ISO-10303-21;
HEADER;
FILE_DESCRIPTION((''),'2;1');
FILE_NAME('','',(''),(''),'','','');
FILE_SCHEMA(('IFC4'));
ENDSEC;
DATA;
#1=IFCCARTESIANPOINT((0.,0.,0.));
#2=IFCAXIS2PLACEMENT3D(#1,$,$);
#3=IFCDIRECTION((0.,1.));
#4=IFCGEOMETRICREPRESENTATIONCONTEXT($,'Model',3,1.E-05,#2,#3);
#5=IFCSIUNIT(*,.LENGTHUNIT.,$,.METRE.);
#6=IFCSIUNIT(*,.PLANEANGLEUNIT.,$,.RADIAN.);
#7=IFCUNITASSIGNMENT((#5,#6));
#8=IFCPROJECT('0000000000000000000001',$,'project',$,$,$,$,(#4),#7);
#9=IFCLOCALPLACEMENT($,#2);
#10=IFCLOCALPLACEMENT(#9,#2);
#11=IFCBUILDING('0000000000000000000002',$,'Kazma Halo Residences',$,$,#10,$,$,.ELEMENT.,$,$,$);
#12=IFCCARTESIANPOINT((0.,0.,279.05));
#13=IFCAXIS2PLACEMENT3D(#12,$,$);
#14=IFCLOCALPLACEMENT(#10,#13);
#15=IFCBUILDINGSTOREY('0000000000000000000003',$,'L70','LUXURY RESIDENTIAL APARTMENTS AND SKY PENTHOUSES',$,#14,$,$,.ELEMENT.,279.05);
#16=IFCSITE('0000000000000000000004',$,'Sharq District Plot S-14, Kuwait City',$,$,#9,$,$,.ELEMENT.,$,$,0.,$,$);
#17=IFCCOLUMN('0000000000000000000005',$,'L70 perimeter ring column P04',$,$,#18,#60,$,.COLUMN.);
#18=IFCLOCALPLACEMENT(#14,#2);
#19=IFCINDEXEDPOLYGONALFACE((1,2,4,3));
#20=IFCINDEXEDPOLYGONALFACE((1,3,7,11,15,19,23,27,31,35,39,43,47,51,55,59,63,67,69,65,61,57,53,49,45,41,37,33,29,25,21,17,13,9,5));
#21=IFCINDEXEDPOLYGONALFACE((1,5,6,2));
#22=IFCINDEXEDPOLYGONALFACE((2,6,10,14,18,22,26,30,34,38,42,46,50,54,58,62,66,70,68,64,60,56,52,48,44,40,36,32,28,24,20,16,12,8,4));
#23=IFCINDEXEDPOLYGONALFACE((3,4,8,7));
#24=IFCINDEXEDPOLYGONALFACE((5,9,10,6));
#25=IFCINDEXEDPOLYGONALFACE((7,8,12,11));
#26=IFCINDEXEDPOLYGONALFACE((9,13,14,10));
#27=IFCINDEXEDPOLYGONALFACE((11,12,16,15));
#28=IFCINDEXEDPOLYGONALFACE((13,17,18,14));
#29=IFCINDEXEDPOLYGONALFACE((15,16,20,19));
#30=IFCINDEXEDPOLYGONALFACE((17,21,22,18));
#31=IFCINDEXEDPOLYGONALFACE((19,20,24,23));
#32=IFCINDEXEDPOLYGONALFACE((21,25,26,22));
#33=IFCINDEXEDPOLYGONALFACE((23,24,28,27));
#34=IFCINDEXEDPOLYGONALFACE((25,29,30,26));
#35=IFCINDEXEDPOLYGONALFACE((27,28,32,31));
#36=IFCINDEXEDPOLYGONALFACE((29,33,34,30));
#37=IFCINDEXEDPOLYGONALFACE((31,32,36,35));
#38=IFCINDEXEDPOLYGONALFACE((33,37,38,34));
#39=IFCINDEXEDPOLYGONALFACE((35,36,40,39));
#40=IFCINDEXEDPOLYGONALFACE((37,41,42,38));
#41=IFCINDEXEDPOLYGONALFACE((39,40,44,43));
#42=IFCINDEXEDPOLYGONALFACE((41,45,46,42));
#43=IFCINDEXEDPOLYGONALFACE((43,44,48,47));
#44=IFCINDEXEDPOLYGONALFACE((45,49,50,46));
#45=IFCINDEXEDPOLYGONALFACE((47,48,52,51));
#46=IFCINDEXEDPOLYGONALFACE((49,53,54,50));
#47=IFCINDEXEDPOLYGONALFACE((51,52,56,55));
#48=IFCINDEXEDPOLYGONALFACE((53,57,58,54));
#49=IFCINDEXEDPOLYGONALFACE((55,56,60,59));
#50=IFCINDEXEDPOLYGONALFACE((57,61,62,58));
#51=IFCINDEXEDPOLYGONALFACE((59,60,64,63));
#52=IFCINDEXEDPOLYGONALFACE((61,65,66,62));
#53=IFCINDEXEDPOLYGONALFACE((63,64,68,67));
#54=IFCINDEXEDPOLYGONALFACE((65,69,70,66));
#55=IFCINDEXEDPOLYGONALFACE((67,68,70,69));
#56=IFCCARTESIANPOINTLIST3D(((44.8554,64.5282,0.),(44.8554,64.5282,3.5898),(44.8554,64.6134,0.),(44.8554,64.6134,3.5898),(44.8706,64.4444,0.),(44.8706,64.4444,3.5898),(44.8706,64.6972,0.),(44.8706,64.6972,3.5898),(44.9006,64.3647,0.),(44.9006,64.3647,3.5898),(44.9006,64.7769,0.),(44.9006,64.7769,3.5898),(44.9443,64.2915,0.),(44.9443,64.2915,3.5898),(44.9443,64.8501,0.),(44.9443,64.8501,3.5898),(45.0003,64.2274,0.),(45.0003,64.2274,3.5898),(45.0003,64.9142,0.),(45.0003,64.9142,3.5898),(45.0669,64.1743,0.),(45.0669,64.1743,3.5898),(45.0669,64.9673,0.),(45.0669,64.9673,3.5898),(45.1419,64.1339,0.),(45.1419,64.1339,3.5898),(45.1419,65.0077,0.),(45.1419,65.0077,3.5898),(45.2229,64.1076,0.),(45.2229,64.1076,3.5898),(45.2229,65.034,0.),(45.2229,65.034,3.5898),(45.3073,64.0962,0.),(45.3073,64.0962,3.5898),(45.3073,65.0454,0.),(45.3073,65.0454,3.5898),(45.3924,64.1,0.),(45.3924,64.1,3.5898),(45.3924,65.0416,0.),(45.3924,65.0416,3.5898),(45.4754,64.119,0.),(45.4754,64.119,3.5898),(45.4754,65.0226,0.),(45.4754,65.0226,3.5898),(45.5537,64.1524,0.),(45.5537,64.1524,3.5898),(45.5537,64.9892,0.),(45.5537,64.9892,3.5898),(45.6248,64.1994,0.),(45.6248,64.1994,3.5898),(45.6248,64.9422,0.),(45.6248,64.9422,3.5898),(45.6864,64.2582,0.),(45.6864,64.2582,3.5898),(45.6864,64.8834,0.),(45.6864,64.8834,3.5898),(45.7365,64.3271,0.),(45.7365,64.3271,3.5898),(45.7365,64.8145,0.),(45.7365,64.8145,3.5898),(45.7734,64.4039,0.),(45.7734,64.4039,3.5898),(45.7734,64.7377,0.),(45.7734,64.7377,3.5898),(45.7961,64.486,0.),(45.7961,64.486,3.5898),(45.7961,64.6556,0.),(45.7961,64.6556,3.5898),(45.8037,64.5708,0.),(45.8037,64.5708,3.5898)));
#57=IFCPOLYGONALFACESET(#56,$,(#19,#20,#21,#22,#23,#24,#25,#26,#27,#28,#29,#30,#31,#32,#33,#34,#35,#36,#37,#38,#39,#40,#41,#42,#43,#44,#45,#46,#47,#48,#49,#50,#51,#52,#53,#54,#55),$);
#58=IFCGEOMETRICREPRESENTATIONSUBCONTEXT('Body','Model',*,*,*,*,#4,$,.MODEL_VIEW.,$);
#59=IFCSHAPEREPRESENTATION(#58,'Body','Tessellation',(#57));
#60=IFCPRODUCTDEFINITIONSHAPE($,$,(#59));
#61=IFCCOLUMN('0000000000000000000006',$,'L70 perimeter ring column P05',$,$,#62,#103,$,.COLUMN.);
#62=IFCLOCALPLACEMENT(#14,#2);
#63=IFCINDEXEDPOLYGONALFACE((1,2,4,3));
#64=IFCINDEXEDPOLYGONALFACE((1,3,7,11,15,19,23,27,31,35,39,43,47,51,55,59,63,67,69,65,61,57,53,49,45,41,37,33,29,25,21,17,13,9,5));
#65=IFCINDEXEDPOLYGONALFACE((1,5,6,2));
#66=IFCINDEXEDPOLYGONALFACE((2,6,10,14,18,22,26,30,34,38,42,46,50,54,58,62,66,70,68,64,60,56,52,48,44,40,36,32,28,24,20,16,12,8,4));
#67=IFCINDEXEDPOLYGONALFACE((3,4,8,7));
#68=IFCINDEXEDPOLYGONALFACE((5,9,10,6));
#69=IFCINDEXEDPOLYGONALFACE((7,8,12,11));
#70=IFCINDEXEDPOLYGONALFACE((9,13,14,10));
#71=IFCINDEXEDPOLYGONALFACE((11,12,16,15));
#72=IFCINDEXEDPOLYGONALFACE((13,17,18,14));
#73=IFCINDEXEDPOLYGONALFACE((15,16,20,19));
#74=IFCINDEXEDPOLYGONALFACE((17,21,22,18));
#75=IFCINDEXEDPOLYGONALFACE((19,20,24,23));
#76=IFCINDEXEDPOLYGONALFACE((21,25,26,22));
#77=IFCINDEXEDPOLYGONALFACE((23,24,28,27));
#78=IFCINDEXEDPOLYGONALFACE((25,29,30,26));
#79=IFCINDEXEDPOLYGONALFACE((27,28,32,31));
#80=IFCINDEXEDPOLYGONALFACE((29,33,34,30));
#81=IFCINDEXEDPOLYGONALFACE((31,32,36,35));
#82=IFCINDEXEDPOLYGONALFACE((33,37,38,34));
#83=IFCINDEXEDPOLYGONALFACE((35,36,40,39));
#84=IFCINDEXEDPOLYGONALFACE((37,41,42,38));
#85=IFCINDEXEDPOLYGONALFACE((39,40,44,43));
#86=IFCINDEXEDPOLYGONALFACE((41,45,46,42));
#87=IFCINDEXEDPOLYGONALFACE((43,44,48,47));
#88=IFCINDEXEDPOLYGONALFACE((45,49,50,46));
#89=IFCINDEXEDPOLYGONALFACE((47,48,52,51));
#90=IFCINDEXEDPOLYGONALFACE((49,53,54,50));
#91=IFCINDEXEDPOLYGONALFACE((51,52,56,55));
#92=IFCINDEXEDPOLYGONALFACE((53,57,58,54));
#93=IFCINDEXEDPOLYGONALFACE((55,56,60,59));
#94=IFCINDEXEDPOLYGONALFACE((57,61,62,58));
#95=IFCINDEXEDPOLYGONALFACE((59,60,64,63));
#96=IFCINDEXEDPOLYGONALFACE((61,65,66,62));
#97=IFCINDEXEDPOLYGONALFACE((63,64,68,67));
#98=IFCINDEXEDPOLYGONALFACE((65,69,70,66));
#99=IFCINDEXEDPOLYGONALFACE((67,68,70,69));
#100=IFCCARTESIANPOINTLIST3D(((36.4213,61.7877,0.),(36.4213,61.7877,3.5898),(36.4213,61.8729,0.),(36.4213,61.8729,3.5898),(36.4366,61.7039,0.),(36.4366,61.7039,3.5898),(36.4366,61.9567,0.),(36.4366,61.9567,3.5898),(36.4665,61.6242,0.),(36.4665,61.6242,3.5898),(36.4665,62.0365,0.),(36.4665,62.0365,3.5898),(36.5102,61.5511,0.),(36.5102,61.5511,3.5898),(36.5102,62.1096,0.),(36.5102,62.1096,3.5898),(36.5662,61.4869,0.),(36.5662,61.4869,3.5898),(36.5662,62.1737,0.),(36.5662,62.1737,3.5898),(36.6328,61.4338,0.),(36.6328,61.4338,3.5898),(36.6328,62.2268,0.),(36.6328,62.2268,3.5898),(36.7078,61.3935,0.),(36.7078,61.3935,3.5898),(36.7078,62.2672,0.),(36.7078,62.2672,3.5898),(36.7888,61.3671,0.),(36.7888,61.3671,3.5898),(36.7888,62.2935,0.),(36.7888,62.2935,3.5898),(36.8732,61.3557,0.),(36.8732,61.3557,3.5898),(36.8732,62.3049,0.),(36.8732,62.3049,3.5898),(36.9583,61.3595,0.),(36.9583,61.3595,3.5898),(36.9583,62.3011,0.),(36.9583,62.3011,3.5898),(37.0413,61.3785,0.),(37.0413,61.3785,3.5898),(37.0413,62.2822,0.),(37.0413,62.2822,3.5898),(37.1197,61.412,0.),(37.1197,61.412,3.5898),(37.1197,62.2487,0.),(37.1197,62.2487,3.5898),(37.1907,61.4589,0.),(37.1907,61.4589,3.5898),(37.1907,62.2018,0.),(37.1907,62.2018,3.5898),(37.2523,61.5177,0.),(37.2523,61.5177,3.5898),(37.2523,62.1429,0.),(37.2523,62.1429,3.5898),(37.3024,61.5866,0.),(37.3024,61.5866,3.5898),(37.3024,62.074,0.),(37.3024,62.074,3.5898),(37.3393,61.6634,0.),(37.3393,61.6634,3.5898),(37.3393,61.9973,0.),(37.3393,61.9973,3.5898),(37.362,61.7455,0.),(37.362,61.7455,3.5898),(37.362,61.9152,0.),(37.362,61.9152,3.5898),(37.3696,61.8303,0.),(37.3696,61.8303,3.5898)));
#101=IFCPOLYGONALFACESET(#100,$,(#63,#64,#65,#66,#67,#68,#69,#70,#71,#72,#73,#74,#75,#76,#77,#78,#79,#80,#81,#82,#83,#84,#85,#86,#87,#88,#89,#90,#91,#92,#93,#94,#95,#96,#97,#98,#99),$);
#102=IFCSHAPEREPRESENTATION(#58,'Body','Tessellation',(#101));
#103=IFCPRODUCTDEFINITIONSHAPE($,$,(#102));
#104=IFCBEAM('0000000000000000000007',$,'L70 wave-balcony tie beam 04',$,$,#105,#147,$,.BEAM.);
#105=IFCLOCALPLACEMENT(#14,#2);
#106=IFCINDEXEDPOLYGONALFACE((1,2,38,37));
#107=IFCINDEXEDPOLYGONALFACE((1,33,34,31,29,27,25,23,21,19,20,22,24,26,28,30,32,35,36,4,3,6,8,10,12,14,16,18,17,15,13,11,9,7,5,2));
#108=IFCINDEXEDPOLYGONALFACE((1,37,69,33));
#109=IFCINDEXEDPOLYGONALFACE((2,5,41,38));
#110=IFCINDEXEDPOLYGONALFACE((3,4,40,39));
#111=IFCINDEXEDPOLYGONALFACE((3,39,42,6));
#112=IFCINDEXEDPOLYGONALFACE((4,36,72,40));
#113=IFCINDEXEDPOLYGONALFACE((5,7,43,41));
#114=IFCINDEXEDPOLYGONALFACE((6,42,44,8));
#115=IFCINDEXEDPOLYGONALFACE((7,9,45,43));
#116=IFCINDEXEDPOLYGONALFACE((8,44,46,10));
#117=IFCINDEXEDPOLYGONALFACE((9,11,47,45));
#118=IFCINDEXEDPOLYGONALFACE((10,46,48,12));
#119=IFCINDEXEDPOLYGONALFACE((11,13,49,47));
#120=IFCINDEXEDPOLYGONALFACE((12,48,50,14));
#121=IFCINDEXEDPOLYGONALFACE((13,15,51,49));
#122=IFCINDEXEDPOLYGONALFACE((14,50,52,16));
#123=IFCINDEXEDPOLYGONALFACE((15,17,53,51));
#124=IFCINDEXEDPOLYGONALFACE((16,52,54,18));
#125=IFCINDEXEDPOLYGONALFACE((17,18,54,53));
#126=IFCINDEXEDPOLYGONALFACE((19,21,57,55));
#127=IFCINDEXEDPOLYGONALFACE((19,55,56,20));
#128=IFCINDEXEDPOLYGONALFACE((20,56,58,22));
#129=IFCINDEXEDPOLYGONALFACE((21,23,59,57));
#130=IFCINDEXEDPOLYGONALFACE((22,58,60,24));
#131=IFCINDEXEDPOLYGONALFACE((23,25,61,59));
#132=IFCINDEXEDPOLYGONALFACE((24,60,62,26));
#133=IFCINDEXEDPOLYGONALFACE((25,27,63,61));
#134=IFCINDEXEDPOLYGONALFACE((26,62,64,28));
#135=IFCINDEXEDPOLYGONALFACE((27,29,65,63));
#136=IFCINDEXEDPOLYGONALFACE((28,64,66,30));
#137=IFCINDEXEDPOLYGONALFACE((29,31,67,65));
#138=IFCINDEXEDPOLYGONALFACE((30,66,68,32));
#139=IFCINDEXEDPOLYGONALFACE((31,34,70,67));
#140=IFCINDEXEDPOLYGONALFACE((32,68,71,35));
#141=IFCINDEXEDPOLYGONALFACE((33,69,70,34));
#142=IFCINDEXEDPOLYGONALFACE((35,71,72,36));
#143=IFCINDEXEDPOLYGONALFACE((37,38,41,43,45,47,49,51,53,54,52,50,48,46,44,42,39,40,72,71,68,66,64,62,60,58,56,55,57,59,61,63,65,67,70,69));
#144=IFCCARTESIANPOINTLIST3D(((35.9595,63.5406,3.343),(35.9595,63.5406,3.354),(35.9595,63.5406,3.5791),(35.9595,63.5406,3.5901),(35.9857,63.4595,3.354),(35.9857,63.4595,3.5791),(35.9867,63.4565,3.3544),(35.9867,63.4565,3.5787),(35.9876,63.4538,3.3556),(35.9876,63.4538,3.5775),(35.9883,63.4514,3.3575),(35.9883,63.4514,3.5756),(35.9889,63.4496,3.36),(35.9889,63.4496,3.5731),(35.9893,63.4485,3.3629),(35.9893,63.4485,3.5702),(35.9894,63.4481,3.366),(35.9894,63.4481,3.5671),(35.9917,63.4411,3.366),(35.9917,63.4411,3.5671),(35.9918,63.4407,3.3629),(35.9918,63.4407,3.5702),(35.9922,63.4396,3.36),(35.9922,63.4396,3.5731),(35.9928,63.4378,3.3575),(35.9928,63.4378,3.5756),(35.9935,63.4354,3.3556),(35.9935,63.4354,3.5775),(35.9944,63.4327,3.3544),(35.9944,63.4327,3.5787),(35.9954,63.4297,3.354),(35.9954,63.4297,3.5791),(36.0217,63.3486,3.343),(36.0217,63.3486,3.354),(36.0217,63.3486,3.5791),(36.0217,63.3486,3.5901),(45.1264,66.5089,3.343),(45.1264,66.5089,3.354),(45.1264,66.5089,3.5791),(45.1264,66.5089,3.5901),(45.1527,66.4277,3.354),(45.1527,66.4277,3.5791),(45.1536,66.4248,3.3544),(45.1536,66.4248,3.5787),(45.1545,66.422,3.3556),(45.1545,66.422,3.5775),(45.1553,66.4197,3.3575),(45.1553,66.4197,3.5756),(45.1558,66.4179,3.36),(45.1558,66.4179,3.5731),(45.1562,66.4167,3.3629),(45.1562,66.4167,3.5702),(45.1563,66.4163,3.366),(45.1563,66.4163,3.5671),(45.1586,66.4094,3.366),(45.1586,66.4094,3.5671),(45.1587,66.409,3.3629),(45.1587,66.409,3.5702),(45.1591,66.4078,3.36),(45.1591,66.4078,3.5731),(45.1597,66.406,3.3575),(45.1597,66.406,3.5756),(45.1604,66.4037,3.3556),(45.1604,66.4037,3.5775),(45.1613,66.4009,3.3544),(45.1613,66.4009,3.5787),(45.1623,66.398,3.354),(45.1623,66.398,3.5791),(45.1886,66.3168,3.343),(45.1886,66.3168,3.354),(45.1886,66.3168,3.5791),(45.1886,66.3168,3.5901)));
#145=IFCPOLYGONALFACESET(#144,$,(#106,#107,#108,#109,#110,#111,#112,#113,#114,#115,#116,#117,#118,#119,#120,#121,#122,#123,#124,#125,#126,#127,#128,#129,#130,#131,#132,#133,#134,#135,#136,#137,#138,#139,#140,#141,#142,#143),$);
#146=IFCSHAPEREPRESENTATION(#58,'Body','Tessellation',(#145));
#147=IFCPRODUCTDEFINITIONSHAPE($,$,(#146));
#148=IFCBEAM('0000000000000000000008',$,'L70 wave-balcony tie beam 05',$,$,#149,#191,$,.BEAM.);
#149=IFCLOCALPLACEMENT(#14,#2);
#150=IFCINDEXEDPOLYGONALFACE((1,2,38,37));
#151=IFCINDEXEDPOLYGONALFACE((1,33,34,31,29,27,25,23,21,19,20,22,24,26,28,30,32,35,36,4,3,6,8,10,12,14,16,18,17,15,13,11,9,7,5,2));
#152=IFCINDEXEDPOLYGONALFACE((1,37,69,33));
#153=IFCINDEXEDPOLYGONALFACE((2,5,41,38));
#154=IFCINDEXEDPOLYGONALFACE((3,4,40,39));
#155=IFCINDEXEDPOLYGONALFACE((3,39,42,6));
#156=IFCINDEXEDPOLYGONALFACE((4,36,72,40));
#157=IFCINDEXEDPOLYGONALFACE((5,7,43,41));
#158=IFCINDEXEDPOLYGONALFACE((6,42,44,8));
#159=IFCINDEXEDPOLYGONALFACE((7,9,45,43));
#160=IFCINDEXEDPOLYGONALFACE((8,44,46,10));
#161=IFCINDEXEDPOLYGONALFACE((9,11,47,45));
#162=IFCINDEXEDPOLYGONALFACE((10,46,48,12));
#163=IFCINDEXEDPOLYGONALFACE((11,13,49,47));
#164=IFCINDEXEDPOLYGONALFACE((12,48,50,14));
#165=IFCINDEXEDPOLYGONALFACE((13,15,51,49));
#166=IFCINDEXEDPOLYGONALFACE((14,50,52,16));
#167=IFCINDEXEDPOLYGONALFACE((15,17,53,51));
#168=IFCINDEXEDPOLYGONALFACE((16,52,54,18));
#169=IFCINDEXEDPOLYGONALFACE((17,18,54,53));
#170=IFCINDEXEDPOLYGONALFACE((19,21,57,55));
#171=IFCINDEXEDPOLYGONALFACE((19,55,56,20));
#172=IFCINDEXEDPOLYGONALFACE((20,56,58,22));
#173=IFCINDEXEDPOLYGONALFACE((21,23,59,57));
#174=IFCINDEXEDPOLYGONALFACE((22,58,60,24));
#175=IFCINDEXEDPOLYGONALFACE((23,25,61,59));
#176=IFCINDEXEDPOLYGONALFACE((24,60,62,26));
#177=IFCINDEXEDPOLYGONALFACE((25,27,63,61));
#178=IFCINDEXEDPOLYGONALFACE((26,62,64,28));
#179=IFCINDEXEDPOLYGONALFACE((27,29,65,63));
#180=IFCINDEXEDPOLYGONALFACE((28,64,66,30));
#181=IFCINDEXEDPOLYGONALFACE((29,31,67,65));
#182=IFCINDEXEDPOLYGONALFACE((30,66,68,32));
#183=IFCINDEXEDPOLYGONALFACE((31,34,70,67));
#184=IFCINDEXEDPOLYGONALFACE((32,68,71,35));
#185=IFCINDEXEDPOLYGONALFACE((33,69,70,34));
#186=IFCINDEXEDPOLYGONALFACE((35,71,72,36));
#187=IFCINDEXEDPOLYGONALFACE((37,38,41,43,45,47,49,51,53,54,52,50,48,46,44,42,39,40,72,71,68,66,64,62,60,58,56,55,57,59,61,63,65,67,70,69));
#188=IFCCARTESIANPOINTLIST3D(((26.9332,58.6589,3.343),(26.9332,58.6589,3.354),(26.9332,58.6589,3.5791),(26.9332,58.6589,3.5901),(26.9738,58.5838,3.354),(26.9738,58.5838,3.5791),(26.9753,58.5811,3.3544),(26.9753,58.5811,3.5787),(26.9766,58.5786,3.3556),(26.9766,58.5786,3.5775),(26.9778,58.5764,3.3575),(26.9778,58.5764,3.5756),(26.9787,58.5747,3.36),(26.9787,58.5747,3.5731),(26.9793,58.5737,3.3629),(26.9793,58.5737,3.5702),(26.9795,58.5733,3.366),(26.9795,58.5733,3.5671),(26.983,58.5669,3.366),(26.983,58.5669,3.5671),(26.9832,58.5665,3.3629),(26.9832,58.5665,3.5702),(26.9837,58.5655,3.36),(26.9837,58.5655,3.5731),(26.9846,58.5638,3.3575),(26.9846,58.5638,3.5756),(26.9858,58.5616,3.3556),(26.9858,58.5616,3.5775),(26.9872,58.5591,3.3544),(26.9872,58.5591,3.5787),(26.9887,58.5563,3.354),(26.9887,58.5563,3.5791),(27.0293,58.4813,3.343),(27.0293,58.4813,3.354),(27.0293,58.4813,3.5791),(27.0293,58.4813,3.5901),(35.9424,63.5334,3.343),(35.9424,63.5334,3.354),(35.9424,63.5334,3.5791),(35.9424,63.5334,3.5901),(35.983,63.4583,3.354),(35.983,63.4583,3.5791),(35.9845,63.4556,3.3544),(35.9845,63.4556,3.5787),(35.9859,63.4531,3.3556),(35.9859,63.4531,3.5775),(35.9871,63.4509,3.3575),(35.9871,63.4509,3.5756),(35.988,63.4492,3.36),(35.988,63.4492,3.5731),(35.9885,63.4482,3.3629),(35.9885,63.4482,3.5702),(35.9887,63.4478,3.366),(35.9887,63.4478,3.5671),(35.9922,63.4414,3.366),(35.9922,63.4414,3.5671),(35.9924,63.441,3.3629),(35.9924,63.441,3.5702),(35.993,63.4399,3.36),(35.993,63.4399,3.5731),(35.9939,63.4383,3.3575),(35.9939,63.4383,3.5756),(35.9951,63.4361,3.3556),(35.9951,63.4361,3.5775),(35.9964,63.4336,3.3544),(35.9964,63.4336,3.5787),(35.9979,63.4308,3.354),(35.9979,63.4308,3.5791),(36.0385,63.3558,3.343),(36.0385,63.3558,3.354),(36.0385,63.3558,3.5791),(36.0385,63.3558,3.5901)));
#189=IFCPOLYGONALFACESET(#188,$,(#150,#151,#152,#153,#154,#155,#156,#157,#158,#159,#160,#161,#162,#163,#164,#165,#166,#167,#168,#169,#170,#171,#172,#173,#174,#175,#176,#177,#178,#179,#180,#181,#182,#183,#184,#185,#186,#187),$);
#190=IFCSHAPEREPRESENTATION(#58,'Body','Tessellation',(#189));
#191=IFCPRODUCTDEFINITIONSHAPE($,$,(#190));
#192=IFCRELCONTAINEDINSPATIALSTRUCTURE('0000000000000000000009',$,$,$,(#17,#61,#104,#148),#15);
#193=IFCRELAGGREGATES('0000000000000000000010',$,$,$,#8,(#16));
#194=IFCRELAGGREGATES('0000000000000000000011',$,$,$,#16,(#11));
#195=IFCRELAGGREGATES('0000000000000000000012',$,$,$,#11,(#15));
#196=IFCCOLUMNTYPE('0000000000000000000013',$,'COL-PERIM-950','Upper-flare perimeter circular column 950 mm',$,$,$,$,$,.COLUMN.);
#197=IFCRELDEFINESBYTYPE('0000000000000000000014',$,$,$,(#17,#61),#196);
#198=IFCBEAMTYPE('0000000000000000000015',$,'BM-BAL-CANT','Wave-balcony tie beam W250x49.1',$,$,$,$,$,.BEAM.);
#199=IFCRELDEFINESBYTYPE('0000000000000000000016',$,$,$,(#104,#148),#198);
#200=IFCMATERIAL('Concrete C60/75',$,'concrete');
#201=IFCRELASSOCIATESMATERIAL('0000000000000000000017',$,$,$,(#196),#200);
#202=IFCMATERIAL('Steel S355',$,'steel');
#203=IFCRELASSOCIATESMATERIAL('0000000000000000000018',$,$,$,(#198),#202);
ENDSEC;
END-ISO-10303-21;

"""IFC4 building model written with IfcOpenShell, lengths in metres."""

from ifc_helpers import new_model, si_unit, direction, frame, origin, origin_2d, place, context, subcontext, project, spatial, circle, i_section, extrude, material, material_profile, profile_set, type_object, element, save


model = new_model("IFC4")

# Units and contexts
model_context = context("Model", 3, precision=1e-05, world=origin(), true_north=direction((0.0, 1.0)))
body_context = subcontext(model_context, "Body", "Model", "MODEL_VIEW")
ifc_project = project(units=[si_unit("LENGTHUNIT", "METRE"), si_unit("PLANEANGLEUNIT", "RADIAN")], contexts=[model_context])

# Site, building, storey
site_placement = place(None, origin())
site = spatial("IfcSite", under=ifc_project, at=site_placement, Name="Sharq District Plot S-14, Kuwait City", CompositionType="ELEMENT", RefElevation=0.0)
building_placement = place(site_placement, origin())
building = spatial("IfcBuilding", under=site, at=building_placement, Name="Kazma Halo Residences", CompositionType="ELEMENT")
storey_placement = place(building_placement, frame((0.0, 0.0, 279.05)))
storey = spatial("IfcBuildingStorey", under=building, at=storey_placement, Name="L70", Description="LUXURY RESIDENTIAL APARTMENTS AND SKY PENTHOUSES", CompositionType="ELEMENT", Elevation=279.05)

# Columns
ifc_material_1 = material(Name="Concrete C60/75", Category="concrete")
ifc_material_profile_1 = material_profile(ifc_material_1, circle(Radius=0.4751, at=origin_2d()), Name="CIRC950")
ifc_profile_set_1 = profile_set([ifc_material_profile_1], Name="Concrete C60/75")
column_type = type_object("IfcColumnType", Name="COL-PERIM-950", Description="Upper-flare perimeter circular column 950 mm", PredefinedType="COLUMN", material=ifc_profile_set_1)
for number, where, z_axis, x_axis, name in (
    (1, (45.3286, 64.5708, 0.0), (0.0, 0.0, 1.0), (1.0, 0.0, 0.0), "L70 perimeter ring column P04"),
    (2, (36.8945, 61.8303, 0.0), (0.0, 0.0, 1.0), (1.0, 0.0, 0.0), "L70 perimeter ring column P05"),
):
    element("IfcColumn", number, at=place(storey_placement, frame(where, z_axis=z_axis, x_axis=x_axis)), inside=storey, type_object=column_type, Name=name, PredefinedType="COLUMN", context=body_context, shape_type="SweptSolid", body=[
        extrude(circle(Radius=0.4751, at=origin_2d()), origin(), (0.0, 0.0, 1.0), 3.5898),
    ])

# Beams
ifc_material_2 = material(Name="Steel S355", Category="steel")
ifc_material_profile_2 = material_profile(ifc_material_2, i_section(OverallWidth=0.2019, OverallDepth=0.2471, WebThickness=0.0073, FlangeThickness=0.011, FilletRadius=0.012, at=origin_2d()), Name="W250x49.1")
ifc_profile_set_2 = profile_set([ifc_material_profile_2], Name="Steel S355")
beam_type_1 = type_object("IfcBeamType", Name="BM-BAL-CANT", Description="Wave-balcony tie beam W250x49.1", PredefinedType="BEAM", material=ifc_profile_set_2)
beam_1_placement = place(storey_placement, frame((45.1575, 66.4128, 3.4666), z_axis=(-0.951369, -0.308052, 0.0), x_axis=(0.308052, -0.951369, 0.0)))
element("IfcBeam", 3, at=beam_1_placement, inside=storey, type_object=beam_type_1, Name="L70 wave-balcony tie beam 04", PredefinedType="BEAM", context=body_context, shape_type="SweptSolid", body=[
    extrude(i_section(OverallWidth=0.2019, OverallDepth=0.2471, WebThickness=0.0073, FlangeThickness=0.011, FilletRadius=0.012, at=origin_2d()), origin(), (0.0, 0.0, 1.0), 9.6355),
])
beam_2_placement = place(storey_placement, frame((35.9905, 63.4446, 3.4666), z_axis=(-0.879517, -0.475867, 0.0), x_axis=(0.475867, -0.879517, 0.0)))
element("IfcBeam", 4, at=beam_2_placement, inside=storey, type_object=beam_type_1, Name="L70 wave-balcony tie beam 05", PredefinedType="BEAM", context=body_context, shape_type="SweptSolid", body=[
    extrude(i_section(OverallWidth=0.2019, OverallDepth=0.2471, WebThickness=0.0073, FlangeThickness=0.011, FilletRadius=0.012, at=origin_2d()), origin(), (0.0, 0.0, 1.0), 10.2434),
])

save(model, "model.ifc")
